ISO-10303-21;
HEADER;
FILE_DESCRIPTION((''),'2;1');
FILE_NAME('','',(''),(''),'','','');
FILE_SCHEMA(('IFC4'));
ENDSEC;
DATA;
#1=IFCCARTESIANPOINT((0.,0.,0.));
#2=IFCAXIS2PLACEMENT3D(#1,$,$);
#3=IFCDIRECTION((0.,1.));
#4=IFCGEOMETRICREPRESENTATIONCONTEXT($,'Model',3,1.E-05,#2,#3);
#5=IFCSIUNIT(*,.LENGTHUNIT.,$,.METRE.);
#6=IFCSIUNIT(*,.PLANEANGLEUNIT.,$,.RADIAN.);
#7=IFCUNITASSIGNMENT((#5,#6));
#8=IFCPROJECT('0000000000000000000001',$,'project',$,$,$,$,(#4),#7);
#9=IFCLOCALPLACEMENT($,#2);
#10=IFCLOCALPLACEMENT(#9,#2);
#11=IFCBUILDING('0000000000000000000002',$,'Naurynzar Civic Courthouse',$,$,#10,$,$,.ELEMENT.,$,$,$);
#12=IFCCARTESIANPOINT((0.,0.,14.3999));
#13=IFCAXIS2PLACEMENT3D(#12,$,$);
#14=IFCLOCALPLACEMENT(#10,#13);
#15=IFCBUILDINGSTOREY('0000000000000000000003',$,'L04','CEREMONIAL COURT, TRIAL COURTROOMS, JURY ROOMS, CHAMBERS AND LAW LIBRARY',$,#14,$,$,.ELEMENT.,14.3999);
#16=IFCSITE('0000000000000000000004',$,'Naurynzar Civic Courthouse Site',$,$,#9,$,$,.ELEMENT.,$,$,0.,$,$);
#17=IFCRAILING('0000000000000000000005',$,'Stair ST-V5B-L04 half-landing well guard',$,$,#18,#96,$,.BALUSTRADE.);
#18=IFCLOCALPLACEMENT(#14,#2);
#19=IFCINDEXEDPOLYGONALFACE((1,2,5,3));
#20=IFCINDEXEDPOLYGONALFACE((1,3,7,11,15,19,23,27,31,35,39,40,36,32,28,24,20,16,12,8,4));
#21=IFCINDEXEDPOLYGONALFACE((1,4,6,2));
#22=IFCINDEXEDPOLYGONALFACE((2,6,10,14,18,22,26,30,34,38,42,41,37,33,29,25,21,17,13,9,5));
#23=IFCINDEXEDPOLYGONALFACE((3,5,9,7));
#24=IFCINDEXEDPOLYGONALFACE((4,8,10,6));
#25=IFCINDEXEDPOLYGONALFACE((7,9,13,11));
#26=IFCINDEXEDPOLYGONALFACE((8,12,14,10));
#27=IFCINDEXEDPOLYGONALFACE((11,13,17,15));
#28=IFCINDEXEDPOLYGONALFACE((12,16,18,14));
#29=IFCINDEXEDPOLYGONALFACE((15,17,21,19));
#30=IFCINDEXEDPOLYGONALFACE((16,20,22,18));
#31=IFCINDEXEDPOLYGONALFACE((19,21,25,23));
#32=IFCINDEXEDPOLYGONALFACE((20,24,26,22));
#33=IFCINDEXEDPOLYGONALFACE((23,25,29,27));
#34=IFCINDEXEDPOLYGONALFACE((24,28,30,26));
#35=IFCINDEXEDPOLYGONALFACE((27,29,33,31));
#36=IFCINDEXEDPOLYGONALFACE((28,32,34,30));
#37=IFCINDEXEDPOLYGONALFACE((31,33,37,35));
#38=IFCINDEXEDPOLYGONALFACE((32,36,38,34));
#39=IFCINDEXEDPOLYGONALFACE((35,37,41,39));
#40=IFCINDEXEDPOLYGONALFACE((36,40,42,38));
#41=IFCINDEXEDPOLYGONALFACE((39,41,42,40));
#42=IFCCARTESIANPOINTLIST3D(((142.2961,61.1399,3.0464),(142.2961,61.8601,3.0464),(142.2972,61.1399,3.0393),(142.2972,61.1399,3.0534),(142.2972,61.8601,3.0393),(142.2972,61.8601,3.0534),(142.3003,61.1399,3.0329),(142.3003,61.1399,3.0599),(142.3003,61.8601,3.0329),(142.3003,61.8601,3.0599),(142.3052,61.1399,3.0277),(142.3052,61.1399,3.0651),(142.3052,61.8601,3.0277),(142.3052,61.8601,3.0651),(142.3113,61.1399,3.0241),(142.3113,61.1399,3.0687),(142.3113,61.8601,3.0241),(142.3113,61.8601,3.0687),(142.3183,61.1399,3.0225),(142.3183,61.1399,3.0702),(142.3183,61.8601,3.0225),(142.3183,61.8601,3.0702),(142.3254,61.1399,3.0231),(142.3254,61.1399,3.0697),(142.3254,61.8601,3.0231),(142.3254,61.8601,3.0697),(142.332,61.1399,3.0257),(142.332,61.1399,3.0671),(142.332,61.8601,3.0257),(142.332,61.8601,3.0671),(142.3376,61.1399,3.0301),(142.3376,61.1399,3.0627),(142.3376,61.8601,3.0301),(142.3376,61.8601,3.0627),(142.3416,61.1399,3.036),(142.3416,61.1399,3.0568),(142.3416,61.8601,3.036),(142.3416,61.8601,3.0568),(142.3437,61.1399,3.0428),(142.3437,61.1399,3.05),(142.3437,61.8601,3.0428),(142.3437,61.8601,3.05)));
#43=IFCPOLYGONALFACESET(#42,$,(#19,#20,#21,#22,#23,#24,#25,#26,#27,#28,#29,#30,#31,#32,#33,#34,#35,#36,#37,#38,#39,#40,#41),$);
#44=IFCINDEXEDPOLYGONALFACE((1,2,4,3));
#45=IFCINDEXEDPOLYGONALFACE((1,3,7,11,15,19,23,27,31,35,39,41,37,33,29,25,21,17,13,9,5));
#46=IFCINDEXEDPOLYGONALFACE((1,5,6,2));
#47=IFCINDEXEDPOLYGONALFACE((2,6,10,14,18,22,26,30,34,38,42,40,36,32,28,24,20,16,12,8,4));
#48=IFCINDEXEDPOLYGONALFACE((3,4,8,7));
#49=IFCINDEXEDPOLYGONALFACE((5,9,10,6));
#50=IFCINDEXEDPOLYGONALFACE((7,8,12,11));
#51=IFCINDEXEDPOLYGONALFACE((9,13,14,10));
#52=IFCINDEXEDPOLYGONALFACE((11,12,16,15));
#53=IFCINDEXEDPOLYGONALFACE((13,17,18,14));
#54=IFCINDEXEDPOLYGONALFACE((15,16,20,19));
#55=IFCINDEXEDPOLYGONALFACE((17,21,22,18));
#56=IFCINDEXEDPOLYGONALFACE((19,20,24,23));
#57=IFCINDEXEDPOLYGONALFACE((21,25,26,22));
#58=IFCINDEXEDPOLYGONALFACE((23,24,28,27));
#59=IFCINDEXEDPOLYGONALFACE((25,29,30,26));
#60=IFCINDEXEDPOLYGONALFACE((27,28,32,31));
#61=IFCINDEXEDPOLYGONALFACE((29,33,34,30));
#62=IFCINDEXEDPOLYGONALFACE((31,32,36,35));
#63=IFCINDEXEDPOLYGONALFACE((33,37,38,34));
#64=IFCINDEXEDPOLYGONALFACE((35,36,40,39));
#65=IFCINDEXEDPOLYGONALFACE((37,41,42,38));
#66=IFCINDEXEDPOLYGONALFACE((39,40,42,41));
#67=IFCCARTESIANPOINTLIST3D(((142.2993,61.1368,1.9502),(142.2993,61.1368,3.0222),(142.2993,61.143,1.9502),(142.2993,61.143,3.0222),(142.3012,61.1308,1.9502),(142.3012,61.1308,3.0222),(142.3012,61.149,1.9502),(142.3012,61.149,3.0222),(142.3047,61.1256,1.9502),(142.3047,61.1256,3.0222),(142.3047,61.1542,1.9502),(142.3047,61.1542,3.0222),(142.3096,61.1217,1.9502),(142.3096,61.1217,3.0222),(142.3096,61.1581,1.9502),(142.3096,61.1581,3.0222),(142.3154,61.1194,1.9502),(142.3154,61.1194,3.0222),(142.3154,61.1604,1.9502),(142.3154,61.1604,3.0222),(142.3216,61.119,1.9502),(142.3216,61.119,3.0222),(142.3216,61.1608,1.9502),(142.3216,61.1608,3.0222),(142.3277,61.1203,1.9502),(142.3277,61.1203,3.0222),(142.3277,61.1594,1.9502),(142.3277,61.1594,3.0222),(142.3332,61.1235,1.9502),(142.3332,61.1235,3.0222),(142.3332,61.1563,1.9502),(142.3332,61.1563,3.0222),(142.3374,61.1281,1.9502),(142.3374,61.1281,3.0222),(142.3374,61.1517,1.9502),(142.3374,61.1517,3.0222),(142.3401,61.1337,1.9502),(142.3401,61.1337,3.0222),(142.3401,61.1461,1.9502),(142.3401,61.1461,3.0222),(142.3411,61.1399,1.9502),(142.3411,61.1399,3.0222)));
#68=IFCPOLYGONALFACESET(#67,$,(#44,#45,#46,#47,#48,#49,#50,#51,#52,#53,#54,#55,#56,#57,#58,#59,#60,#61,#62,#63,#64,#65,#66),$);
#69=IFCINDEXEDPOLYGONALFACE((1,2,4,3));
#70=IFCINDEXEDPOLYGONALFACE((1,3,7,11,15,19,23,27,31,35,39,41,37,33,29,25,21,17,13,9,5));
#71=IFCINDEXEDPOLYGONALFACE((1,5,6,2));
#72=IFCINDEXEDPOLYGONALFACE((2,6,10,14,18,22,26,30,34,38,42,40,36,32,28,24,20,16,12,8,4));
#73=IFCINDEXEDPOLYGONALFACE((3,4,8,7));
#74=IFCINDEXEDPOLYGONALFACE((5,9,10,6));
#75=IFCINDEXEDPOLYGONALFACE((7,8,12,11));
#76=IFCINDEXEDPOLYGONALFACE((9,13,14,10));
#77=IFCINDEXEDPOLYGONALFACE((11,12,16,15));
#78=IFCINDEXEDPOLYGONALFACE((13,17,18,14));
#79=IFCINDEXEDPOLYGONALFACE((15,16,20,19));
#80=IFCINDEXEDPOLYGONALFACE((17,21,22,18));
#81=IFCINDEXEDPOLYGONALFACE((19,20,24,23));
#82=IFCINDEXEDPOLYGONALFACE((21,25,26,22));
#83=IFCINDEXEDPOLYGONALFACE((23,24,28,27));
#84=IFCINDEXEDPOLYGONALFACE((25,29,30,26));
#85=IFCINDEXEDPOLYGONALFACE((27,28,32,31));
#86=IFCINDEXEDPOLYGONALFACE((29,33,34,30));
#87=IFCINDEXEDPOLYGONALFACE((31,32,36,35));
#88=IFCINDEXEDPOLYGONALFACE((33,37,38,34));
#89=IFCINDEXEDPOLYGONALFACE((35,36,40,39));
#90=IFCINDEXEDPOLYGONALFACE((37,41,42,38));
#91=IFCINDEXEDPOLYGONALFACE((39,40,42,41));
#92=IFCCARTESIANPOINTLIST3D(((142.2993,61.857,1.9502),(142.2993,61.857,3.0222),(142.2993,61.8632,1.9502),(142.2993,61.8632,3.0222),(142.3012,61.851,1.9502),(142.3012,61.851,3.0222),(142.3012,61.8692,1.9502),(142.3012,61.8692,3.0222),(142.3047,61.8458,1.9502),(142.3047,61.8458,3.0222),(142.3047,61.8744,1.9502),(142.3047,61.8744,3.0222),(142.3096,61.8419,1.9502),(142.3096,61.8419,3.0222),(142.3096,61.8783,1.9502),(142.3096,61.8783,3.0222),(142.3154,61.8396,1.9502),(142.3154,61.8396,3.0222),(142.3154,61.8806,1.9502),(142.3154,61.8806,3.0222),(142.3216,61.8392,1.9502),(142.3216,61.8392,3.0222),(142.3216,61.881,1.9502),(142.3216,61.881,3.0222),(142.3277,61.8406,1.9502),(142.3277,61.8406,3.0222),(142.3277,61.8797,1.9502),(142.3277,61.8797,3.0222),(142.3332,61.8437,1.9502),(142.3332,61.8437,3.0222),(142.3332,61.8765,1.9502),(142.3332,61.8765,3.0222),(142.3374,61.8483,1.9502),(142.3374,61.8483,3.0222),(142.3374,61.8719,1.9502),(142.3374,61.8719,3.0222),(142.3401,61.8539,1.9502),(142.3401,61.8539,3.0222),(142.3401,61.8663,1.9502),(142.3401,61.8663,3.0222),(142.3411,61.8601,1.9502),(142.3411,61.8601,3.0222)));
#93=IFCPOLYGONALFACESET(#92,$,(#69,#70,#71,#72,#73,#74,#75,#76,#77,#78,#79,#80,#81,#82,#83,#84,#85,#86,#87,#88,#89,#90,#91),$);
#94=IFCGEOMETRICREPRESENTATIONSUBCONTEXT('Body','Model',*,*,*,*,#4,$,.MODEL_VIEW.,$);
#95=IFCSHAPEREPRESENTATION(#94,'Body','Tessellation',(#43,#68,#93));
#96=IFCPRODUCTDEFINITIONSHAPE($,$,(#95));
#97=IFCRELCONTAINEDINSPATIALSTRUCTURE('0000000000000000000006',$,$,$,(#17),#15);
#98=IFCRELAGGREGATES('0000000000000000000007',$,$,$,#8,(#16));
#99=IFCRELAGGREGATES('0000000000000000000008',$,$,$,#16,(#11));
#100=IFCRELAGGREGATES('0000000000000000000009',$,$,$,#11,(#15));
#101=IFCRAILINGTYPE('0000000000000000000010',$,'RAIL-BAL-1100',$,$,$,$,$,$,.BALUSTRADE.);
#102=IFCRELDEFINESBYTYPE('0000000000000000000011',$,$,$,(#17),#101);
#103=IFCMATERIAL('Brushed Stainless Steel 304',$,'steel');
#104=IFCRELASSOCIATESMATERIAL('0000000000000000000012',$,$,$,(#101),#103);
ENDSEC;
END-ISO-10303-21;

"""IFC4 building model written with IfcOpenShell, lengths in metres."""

from ifc_helpers import new_model, si_unit, direction, frame, origin, origin_2d, place, context, subcontext, project, spatial, circle, extrude, material, type_object, element, save


model = new_model("IFC4")

# Units and contexts
model_context = context("Model", 3, precision=1e-05, world=origin(), true_north=direction((0.0, 1.0)))
body_context = subcontext(model_context, "Body", "Model", "MODEL_VIEW")
ifc_project = project(units=[si_unit("LENGTHUNIT", "METRE"), si_unit("PLANEANGLEUNIT", "RADIAN")], contexts=[model_context])

# Site, building, storey
site_placement = place(None, origin())
site = spatial("IfcSite", under=ifc_project, at=site_placement, Name="Naurynzar Civic Courthouse Site", CompositionType="ELEMENT", RefElevation=0.0)
building_placement = place(site_placement, origin())
building = spatial("IfcBuilding", under=site, at=building_placement, Name="Naurynzar Civic Courthouse", CompositionType="ELEMENT")
storey_placement = place(building_placement, frame((0.0, 0.0, 14.3999)))
storey = spatial("IfcBuildingStorey", under=building, at=storey_placement, Name="L04", Description="CEREMONIAL COURT, TRIAL COURTROOMS, JURY ROOMS, CHAMBERS AND LAW LIBRARY", CompositionType="ELEMENT", Elevation=14.3999)

# Railing
ifc_material_1 = material(Name="Brushed Stainless Steel 304", Category="steel")
railing_type_1 = type_object("IfcRailingType", Name="RAIL-BAL-1100", PredefinedType="BALUSTRADE", material=ifc_material_1)
for number, where, name in (
    (1, (142.3201, 61.1399, 1.9502), "Stair ST-V5B-L04 half-landing well guard"),
):
    element("IfcRailing", number, at=place(storey_placement, frame(where)), inside=storey, type_object=railing_type_1, Name=name, PredefinedType="BALUSTRADE", context=body_context, shape_type="SweptSolid", body=[
        extrude(circle(Radius=0.0239, at=origin_2d()), frame((0.0, 0.0, 1.0962), z_axis=(0.0, 1.0, 0.0), x_axis=(-1.0, 0.0, 0.0)), (0.0, 0.0, 1.0), 0.7202),
        extrude(circle(Radius=0.021, at=origin_2d()), origin(), (0.0, 0.0, 1.0), 1.072),
        extrude(circle(Radius=0.021, at=origin_2d()), frame((0.0, 0.7202, 0.0)), (0.0, 0.0, 1.0), 1.072),
    ])

save(model, "model.ifc")
